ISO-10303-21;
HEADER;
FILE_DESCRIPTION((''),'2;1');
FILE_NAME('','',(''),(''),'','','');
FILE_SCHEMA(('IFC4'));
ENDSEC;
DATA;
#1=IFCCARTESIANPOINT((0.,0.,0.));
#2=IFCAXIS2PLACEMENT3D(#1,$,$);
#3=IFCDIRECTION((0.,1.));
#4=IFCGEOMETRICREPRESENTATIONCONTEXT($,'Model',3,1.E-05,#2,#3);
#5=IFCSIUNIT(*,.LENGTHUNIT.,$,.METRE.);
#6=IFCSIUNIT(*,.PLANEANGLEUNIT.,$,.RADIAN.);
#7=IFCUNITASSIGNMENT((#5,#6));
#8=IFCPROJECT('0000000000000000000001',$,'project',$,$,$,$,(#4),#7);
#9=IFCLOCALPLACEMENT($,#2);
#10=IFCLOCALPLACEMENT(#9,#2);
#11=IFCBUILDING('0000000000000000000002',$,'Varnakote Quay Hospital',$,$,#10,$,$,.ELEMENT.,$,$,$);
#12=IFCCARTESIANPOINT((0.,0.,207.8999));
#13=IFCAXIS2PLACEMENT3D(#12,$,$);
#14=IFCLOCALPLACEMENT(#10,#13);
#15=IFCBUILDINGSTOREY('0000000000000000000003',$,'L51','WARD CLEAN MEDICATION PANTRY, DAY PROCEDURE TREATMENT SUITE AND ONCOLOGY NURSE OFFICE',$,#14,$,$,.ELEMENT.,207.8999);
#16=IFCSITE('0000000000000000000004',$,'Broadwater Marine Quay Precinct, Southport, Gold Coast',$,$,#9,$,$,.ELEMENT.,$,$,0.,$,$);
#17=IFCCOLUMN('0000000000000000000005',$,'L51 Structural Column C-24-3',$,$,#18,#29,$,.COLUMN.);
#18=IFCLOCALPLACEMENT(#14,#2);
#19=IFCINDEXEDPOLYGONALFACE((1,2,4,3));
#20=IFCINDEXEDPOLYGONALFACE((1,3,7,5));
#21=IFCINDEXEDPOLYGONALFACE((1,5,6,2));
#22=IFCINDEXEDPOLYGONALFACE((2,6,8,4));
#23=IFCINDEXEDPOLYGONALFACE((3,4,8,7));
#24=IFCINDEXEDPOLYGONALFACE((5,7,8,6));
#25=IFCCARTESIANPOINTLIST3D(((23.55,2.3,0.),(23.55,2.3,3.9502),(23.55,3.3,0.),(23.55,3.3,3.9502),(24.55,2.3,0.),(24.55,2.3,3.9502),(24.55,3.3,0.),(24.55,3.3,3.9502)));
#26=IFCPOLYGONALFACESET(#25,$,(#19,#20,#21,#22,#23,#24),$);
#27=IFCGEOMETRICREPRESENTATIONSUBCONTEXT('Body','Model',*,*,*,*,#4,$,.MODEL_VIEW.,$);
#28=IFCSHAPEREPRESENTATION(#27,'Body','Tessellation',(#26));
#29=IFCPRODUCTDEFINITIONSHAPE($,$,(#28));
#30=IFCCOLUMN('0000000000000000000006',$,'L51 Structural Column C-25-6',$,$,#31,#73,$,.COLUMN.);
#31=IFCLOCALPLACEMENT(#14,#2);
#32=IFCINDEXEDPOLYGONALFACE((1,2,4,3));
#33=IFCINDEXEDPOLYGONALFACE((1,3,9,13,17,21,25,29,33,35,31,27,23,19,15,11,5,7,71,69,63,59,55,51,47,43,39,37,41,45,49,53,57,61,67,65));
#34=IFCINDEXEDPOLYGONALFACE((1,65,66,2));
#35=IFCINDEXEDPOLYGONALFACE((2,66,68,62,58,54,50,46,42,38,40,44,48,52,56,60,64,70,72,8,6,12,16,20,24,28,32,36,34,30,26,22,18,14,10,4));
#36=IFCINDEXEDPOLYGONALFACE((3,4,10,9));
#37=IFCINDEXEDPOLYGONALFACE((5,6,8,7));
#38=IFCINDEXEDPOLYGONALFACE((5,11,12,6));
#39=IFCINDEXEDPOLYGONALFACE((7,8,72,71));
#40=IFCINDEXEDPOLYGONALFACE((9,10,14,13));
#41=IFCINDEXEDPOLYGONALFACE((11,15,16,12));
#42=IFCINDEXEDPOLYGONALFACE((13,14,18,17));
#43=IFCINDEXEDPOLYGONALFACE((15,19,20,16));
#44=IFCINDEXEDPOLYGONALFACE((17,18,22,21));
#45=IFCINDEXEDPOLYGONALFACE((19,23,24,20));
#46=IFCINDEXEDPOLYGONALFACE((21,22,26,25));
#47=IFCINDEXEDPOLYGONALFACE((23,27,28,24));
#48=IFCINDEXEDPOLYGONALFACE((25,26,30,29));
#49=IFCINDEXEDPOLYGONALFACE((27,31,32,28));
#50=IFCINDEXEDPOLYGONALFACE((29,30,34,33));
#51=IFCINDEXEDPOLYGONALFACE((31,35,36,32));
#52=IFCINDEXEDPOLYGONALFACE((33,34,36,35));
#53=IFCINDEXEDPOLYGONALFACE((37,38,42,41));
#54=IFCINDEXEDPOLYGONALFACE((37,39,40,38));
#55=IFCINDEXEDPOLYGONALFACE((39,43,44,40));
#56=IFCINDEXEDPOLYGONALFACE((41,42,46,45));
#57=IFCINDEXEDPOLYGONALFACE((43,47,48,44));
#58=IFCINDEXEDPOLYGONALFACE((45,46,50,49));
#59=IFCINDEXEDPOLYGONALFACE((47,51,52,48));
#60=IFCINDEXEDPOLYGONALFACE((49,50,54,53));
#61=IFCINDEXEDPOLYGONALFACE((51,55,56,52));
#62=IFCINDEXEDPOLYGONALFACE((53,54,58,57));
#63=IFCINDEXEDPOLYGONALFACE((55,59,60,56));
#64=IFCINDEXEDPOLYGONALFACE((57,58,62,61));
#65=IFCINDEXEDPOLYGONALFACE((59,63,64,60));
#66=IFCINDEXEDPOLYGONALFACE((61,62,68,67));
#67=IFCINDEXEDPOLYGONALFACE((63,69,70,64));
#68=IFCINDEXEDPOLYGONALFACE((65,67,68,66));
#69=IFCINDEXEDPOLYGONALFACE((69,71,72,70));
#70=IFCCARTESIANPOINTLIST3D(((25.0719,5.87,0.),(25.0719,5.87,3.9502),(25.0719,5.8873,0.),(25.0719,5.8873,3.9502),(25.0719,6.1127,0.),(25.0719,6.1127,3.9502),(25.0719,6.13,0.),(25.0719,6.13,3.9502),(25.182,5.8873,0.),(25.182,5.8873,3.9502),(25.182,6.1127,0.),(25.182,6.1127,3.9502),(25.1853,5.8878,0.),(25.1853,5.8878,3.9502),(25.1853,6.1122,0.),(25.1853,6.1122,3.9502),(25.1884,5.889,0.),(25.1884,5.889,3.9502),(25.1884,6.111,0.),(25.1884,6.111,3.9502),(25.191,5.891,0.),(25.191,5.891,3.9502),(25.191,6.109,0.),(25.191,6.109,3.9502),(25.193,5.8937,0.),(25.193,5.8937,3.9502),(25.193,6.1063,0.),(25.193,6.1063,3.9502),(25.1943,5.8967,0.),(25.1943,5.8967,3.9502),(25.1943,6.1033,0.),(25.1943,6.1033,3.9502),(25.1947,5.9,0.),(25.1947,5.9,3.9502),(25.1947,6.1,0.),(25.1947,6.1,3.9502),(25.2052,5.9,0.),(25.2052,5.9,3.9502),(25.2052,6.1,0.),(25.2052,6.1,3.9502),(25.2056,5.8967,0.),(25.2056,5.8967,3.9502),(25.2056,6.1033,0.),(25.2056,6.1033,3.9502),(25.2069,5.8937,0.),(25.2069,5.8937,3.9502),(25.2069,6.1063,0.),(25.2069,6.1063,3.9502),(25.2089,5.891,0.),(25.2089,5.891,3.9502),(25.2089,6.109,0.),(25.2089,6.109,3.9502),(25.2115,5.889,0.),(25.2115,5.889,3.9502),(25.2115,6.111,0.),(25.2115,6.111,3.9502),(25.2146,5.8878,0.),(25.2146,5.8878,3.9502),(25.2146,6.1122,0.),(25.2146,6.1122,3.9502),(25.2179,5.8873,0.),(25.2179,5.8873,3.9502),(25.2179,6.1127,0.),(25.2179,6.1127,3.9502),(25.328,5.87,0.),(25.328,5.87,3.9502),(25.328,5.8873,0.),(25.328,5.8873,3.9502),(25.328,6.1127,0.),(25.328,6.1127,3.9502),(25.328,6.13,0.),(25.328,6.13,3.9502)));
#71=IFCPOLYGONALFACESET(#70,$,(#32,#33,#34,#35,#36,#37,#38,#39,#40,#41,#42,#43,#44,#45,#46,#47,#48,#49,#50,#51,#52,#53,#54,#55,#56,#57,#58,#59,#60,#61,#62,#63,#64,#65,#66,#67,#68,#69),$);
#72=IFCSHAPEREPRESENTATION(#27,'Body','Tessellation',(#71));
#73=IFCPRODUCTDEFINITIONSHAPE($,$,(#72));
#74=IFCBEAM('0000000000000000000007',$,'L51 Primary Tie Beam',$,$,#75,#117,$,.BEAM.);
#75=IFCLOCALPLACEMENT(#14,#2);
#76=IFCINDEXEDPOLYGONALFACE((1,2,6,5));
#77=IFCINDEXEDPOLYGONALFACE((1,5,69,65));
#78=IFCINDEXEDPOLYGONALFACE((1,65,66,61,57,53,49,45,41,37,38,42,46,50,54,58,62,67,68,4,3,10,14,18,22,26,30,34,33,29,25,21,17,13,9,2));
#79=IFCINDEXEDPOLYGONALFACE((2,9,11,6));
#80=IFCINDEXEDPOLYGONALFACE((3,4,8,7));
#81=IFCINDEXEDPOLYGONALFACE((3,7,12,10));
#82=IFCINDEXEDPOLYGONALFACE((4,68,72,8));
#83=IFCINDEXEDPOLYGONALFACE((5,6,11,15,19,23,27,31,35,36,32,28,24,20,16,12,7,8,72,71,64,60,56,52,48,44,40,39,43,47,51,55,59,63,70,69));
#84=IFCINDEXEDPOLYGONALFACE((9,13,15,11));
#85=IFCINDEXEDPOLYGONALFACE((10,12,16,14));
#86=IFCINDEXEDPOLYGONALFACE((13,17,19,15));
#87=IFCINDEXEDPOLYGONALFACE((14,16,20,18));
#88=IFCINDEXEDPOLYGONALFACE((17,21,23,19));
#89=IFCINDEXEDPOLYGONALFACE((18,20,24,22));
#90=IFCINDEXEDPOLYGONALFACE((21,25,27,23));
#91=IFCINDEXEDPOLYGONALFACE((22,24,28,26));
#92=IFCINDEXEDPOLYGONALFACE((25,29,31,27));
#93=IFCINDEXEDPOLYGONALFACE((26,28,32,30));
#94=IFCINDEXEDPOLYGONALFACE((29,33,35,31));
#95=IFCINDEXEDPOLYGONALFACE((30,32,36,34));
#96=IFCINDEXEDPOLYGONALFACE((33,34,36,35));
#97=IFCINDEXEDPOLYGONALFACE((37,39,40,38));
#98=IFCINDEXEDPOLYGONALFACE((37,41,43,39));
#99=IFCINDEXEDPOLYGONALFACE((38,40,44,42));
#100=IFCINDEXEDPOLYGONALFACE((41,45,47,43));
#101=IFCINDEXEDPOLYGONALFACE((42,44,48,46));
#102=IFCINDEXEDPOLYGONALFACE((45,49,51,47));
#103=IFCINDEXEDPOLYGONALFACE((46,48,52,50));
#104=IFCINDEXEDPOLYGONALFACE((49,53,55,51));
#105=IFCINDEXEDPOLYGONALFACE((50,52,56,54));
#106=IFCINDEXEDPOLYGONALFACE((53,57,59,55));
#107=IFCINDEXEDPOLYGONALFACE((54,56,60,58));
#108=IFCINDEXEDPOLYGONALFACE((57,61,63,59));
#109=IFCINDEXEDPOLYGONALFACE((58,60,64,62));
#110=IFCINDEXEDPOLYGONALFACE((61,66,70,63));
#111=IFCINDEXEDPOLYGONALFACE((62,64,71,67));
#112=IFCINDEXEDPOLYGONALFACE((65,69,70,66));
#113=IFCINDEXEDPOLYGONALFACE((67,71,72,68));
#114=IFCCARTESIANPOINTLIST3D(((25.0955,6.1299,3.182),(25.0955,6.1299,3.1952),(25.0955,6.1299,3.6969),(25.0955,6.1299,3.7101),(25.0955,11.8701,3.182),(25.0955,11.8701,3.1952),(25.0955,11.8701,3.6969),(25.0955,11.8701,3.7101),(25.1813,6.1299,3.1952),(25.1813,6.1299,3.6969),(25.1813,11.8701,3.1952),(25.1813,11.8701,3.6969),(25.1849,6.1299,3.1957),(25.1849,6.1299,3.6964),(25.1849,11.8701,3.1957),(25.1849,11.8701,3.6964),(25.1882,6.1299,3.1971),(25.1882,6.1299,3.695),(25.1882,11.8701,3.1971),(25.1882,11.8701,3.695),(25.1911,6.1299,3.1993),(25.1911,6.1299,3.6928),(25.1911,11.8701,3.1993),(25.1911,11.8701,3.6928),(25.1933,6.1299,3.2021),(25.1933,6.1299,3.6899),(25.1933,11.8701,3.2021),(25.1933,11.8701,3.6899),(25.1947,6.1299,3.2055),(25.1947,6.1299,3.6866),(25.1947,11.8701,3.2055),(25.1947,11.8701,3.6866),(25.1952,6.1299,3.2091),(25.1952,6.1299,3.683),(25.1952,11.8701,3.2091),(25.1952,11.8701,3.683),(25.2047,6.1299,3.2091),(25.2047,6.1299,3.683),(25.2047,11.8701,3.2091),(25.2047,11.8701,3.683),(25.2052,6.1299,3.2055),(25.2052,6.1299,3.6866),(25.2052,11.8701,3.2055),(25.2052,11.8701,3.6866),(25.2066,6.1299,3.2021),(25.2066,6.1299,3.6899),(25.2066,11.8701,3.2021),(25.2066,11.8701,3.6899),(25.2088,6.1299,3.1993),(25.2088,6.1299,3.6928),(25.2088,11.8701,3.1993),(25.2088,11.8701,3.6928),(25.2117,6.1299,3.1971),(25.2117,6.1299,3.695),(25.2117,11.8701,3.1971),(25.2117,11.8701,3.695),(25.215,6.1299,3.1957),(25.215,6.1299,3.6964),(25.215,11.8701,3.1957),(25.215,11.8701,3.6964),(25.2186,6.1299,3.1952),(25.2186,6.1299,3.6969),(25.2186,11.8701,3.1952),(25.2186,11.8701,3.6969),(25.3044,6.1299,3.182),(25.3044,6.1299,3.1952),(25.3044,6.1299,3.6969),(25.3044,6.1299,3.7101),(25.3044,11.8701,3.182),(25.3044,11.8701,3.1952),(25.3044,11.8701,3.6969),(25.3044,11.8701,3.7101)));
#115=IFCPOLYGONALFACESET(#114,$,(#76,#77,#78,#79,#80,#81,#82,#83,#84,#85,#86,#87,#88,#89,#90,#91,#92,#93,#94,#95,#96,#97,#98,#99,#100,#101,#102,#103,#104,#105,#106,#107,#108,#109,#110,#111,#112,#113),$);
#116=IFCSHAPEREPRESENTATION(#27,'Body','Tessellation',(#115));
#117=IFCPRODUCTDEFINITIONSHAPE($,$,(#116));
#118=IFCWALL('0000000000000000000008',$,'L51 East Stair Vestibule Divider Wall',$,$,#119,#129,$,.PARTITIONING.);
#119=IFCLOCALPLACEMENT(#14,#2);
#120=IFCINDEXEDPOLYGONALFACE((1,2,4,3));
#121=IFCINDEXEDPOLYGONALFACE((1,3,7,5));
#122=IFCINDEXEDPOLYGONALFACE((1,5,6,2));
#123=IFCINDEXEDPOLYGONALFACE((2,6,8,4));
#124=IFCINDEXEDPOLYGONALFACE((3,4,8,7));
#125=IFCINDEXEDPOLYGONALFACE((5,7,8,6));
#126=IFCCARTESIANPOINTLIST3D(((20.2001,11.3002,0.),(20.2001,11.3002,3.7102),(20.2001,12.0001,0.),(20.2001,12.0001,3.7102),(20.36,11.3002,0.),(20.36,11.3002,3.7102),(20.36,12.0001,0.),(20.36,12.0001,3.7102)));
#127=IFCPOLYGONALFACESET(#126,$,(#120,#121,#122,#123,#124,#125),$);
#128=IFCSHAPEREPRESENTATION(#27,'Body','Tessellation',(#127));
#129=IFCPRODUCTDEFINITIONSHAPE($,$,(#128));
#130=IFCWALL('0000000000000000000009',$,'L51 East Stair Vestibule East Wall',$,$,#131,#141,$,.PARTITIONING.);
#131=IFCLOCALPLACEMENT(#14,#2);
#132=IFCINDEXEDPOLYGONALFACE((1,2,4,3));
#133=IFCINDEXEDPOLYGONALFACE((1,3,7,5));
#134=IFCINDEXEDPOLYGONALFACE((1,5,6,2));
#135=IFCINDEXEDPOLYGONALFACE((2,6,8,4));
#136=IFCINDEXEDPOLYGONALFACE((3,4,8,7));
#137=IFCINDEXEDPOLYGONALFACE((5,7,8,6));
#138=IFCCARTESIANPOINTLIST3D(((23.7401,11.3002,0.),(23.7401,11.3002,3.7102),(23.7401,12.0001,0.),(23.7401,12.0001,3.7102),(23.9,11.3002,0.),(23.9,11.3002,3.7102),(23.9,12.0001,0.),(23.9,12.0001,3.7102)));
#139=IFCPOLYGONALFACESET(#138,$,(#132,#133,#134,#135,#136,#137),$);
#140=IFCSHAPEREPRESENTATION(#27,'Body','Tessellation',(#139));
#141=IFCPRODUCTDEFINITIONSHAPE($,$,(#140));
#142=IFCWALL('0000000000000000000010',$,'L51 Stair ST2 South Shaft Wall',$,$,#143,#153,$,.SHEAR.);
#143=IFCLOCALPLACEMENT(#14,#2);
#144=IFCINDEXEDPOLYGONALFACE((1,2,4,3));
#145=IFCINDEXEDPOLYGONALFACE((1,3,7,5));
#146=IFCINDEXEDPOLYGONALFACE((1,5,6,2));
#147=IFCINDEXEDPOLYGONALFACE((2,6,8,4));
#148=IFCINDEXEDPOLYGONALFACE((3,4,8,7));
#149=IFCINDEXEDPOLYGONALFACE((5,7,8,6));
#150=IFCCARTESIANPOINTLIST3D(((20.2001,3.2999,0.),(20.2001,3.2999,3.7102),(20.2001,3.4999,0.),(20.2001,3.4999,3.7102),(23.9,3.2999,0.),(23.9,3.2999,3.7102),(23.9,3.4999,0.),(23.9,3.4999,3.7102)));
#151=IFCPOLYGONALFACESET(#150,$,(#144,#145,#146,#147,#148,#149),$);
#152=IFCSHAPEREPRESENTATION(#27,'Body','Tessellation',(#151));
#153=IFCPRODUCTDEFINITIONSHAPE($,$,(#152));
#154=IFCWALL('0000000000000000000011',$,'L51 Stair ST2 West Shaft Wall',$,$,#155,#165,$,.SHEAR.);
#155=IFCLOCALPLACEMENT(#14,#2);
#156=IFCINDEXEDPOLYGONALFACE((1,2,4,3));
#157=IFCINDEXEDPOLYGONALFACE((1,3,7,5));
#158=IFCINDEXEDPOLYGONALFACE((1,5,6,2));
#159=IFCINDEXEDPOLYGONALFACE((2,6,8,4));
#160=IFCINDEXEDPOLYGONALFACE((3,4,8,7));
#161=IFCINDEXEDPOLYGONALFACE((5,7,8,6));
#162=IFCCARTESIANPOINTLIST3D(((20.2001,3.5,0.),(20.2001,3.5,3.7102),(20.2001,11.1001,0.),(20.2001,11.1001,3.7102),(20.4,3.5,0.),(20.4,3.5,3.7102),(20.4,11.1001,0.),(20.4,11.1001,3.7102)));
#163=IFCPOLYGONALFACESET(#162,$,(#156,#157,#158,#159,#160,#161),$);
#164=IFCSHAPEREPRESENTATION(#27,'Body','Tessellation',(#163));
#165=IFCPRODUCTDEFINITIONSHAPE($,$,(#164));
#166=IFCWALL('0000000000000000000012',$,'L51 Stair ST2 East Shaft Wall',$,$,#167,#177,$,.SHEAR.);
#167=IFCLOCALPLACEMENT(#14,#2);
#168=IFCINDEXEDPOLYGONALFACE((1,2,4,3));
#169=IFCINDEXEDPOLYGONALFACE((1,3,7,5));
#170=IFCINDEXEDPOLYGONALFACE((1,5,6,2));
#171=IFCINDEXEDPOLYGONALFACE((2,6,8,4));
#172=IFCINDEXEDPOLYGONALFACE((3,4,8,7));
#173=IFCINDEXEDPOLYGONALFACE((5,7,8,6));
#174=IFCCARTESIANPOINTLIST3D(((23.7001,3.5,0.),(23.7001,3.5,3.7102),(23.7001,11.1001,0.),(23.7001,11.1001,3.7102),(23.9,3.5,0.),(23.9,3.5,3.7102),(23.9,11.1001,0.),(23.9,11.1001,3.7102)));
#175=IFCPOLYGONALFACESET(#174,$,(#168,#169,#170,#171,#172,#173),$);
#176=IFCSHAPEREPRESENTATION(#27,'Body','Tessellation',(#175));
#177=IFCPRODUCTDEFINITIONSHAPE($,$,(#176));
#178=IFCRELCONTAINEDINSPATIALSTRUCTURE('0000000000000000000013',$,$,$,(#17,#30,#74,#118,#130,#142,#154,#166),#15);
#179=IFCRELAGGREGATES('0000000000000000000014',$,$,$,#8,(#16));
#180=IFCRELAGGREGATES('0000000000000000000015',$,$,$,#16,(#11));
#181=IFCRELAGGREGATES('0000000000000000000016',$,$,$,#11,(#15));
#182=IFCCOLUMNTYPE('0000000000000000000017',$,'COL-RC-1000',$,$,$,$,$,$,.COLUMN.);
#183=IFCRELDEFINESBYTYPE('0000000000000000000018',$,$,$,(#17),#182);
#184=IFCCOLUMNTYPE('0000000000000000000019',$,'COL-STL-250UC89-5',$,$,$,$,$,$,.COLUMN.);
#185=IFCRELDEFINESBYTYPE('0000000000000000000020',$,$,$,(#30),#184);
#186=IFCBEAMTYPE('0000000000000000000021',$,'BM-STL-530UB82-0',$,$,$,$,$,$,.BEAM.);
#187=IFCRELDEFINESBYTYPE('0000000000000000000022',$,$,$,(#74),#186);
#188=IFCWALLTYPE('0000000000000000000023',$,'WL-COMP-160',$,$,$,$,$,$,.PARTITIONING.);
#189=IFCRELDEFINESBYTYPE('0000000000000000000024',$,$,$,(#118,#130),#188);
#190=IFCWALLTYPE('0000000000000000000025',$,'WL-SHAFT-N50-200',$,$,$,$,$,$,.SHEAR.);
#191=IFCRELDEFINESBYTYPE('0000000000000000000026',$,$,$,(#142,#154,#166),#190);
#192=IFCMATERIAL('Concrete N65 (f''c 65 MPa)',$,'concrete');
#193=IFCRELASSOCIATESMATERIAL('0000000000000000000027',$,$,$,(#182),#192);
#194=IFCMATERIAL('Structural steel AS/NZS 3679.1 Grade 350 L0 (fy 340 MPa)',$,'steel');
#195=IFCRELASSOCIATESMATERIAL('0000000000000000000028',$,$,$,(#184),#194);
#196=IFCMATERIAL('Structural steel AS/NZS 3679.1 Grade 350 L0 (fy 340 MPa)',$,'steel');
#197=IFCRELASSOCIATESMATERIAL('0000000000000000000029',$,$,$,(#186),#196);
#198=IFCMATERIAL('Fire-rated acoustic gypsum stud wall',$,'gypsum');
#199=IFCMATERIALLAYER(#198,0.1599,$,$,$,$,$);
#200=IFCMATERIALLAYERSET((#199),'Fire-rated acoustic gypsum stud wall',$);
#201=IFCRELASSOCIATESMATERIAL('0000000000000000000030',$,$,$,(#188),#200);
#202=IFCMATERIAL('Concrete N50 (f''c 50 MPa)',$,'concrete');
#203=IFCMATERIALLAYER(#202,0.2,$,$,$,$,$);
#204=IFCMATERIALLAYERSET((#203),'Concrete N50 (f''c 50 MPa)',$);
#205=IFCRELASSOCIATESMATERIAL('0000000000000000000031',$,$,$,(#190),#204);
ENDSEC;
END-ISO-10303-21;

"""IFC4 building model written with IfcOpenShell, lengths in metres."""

from ifc_helpers import new_model, si_unit, direction, frame, frame_2d, origin, origin_2d, place, context, subcontext, project, spatial, rectangle, i_section, extrude, material, layer, layer_set, material_profile, profile_set, type_object, element, save


model = new_model("IFC4")

# Units and contexts
model_context = context("Model", 3, precision=1e-05, world=origin(), true_north=direction((0.0, 1.0)))
body_context = subcontext(model_context, "Body", "Model", "MODEL_VIEW")
ifc_project = project(units=[si_unit("LENGTHUNIT", "METRE"), si_unit("PLANEANGLEUNIT", "RADIAN")], contexts=[model_context])

# Site, building, storey
site_placement = place(None, origin())
site = spatial("IfcSite", under=ifc_project, at=site_placement, Name="Broadwater Marine Quay Precinct, Southport, Gold Coast", CompositionType="ELEMENT", RefElevation=0.0)
building_placement = place(site_placement, origin())
building = spatial("IfcBuilding", under=site, at=building_placement, Name="Varnakote Quay Hospital", CompositionType="ELEMENT")
storey_placement = place(building_placement, frame((0.0, 0.0, 207.8999)))
storey = spatial("IfcBuildingStorey", under=building, at=storey_placement, Name="L51", Description="WARD CLEAN MEDICATION PANTRY, DAY PROCEDURE TREATMENT SUITE AND ONCOLOGY NURSE OFFICE", CompositionType="ELEMENT", Elevation=207.8999)

# Columns
ifc_material_1 = material(Name="Concrete N65 (f'c 65 MPa)", Category="concrete")
ifc_material_profile_1 = material_profile(ifc_material_1, rectangle(XDim=1.0, YDim=1.0, at=origin_2d()), Name="RC-COL-1000x1000")
ifc_profile_set_1 = profile_set([ifc_material_profile_1], Name="Concrete N65 (f'c 65 MPa)")
column_type_1 = type_object("IfcColumnType", Name="COL-RC-1000", PredefinedType="COLUMN", material=ifc_profile_set_1)
column_1_placement = place(storey_placement, frame((24.05, 2.8, 0.0), z_axis=(0.0, 0.0, 1.0), x_axis=(1.0, 0.0, 0.0)))
element("IfcColumn", 1, at=column_1_placement, inside=storey, type_object=column_type_1, Name="L51 Structural Column C-24-3", PredefinedType="COLUMN", context=body_context, shape_type="SweptSolid", body=[
    extrude(rectangle(XDim=1.0, YDim=1.0, at=origin_2d()), origin(), (0.0, 0.0, 1.0), 3.9502),
])
ifc_material_2 = material(Name="Structural steel AS/NZS 3679.1 Grade 350 L0 (fy 340 MPa)", Category="steel")
ifc_material_profile_2 = material_profile(ifc_material_2, i_section(OverallWidth=0.2561, OverallDepth=0.26, WebThickness=0.0105, FlangeThickness=0.0173, FilletRadius=0.0127, at=origin_2d()), Name="250UC89.5")
ifc_profile_set_2 = profile_set([ifc_material_profile_2], Name="Structural steel AS/NZS 3679.1 Grade 350 L0 (fy 340 MPa)")
column_type_2 = type_object("IfcColumnType", Name="COL-STL-250UC89-5", PredefinedType="COLUMN", material=ifc_profile_set_2)
column_2_placement = place(storey_placement, frame((25.2, 6.0, 0.0), z_axis=(0.0, 0.0, 1.0), x_axis=(1.0, 0.0, 0.0)))
element("IfcColumn", 2, at=column_2_placement, inside=storey, type_object=column_type_2, Name="L51 Structural Column C-25-6", PredefinedType="COLUMN", context=body_context, shape_type="SweptSolid", body=[
    extrude(i_section(OverallWidth=0.2561, OverallDepth=0.26, WebThickness=0.0105, FlangeThickness=0.0173, FilletRadius=0.0127, at=origin_2d()), origin(), (0.0, 0.0, 1.0), 3.9502),
])

# Beam
ifc_material_3 = material(Name="Structural steel AS/NZS 3679.1 Grade 350 L0 (fy 340 MPa)", Category="steel")
ifc_material_profile_3 = material_profile(ifc_material_3, i_section(OverallWidth=0.209, OverallDepth=0.5281, WebThickness=0.0095, FlangeThickness=0.0132, FilletRadius=0.0139, at=origin_2d()), Name="530UB82.0")
ifc_profile_set_3 = profile_set([ifc_material_profile_3], Name="Structural steel AS/NZS 3679.1 Grade 350 L0 (fy 340 MPa)")
beam_type = type_object("IfcBeamType", Name="BM-STL-530UB82-0", PredefinedType="BEAM", material=ifc_profile_set_3)
beam_placement = place(storey_placement, frame((25.2, 6.1299, 3.446), z_axis=(0.0, 1.0, 0.0), x_axis=(-1.0, 0.0, 0.0)))
element("IfcBeam", 3, at=beam_placement, inside=storey, type_object=beam_type, Name="L51 Primary Tie Beam", PredefinedType="BEAM", context=body_context, shape_type="SweptSolid", body=[
    extrude(i_section(OverallWidth=0.209, OverallDepth=0.5281, WebThickness=0.0095, FlangeThickness=0.0132, FilletRadius=0.0139, at=origin_2d()), origin(), (0.0, 0.0, 1.0), 5.7402),
])

# Walls
ifc_material_4 = material(Name="Fire-rated acoustic gypsum stud wall", Category="gypsum")
ifc_layer_1 = layer(ifc_material_4, 0.1599)
ifc_layer_set_1 = layer_set([ifc_layer_1], Name="Fire-rated acoustic gypsum stud wall")
wall_type_1 = type_object("IfcWallType", Name="WL-COMP-160", PredefinedType="PARTITIONING", material=ifc_layer_set_1)
for number, where, z_axis, x_axis, name in (
    (4, (20.28, 11.3, 0.0), (0.0, 0.0, 1.0), (0.0, 1.0, 0.0), "L51 East Stair Vestibule Divider Wall"),
    (5, (23.8201, 11.3, 0.0), (0.0, 0.0, 1.0), (0.0, 1.0, 0.0), "L51 East Stair Vestibule East Wall"),
):
    element("IfcWall", number, at=place(storey_placement, frame(where, z_axis=z_axis, x_axis=x_axis)), inside=storey, type_object=wall_type_1, Name=name, PredefinedType="PARTITIONING", context=body_context, shape_type="SweptSolid", body=[
        extrude(rectangle(XDim=0.7, YDim=0.1599, at=frame_2d((0.3501, 0.0))), origin(), (0.0, 0.0, 1.0), 3.7102),
    ])
ifc_material_5 = material(Name="Concrete N50 (f'c 50 MPa)", Category="concrete")
ifc_layer_2 = layer(ifc_material_5, 0.2)
ifc_layer_set_2 = layer_set([ifc_layer_2], Name="Concrete N50 (f'c 50 MPa)")
wall_type_2 = type_object("IfcWallType", Name="WL-SHAFT-N50-200", PredefinedType="SHEAR", material=ifc_layer_set_2)
wall_1_placement = place(storey_placement, frame((20.2, 3.3999, 0.0), z_axis=(0.0, 0.0, 1.0), x_axis=(1.0, 0.0, 0.0)))
element("IfcWall", 6, at=wall_1_placement, inside=storey, type_object=wall_type_2, Name="L51 Stair ST2 South Shaft Wall", PredefinedType="SHEAR", context=body_context, shape_type="SweptSolid", body=[
    extrude(rectangle(XDim=3.7, YDim=0.2, at=frame_2d((1.8501, 0.0))), origin(), (0.0, 0.0, 1.0), 3.7102),
])
for number, where, z_axis, x_axis, name in (
    (7, (20.3, 3.5, 0.0), (0.0, 0.0, 1.0), (0.0, 1.0, 0.0), "L51 Stair ST2 West Shaft Wall"),
    (8, (23.8, 3.5, 0.0), (0.0, 0.0, 1.0), (0.0, 1.0, 0.0), "L51 Stair ST2 East Shaft Wall"),
):
    element("IfcWall", number, at=place(storey_placement, frame(where, z_axis=z_axis, x_axis=x_axis)), inside=storey, type_object=wall_type_2, Name=name, PredefinedType="SHEAR", context=body_context, shape_type="SweptSolid", body=[
        extrude(rectangle(XDim=7.6001, YDim=0.2, at=frame_2d((3.8, 0.0))), origin(), (0.0, 0.0, 1.0), 3.7102),
    ])

save(model, "model.ifc")
